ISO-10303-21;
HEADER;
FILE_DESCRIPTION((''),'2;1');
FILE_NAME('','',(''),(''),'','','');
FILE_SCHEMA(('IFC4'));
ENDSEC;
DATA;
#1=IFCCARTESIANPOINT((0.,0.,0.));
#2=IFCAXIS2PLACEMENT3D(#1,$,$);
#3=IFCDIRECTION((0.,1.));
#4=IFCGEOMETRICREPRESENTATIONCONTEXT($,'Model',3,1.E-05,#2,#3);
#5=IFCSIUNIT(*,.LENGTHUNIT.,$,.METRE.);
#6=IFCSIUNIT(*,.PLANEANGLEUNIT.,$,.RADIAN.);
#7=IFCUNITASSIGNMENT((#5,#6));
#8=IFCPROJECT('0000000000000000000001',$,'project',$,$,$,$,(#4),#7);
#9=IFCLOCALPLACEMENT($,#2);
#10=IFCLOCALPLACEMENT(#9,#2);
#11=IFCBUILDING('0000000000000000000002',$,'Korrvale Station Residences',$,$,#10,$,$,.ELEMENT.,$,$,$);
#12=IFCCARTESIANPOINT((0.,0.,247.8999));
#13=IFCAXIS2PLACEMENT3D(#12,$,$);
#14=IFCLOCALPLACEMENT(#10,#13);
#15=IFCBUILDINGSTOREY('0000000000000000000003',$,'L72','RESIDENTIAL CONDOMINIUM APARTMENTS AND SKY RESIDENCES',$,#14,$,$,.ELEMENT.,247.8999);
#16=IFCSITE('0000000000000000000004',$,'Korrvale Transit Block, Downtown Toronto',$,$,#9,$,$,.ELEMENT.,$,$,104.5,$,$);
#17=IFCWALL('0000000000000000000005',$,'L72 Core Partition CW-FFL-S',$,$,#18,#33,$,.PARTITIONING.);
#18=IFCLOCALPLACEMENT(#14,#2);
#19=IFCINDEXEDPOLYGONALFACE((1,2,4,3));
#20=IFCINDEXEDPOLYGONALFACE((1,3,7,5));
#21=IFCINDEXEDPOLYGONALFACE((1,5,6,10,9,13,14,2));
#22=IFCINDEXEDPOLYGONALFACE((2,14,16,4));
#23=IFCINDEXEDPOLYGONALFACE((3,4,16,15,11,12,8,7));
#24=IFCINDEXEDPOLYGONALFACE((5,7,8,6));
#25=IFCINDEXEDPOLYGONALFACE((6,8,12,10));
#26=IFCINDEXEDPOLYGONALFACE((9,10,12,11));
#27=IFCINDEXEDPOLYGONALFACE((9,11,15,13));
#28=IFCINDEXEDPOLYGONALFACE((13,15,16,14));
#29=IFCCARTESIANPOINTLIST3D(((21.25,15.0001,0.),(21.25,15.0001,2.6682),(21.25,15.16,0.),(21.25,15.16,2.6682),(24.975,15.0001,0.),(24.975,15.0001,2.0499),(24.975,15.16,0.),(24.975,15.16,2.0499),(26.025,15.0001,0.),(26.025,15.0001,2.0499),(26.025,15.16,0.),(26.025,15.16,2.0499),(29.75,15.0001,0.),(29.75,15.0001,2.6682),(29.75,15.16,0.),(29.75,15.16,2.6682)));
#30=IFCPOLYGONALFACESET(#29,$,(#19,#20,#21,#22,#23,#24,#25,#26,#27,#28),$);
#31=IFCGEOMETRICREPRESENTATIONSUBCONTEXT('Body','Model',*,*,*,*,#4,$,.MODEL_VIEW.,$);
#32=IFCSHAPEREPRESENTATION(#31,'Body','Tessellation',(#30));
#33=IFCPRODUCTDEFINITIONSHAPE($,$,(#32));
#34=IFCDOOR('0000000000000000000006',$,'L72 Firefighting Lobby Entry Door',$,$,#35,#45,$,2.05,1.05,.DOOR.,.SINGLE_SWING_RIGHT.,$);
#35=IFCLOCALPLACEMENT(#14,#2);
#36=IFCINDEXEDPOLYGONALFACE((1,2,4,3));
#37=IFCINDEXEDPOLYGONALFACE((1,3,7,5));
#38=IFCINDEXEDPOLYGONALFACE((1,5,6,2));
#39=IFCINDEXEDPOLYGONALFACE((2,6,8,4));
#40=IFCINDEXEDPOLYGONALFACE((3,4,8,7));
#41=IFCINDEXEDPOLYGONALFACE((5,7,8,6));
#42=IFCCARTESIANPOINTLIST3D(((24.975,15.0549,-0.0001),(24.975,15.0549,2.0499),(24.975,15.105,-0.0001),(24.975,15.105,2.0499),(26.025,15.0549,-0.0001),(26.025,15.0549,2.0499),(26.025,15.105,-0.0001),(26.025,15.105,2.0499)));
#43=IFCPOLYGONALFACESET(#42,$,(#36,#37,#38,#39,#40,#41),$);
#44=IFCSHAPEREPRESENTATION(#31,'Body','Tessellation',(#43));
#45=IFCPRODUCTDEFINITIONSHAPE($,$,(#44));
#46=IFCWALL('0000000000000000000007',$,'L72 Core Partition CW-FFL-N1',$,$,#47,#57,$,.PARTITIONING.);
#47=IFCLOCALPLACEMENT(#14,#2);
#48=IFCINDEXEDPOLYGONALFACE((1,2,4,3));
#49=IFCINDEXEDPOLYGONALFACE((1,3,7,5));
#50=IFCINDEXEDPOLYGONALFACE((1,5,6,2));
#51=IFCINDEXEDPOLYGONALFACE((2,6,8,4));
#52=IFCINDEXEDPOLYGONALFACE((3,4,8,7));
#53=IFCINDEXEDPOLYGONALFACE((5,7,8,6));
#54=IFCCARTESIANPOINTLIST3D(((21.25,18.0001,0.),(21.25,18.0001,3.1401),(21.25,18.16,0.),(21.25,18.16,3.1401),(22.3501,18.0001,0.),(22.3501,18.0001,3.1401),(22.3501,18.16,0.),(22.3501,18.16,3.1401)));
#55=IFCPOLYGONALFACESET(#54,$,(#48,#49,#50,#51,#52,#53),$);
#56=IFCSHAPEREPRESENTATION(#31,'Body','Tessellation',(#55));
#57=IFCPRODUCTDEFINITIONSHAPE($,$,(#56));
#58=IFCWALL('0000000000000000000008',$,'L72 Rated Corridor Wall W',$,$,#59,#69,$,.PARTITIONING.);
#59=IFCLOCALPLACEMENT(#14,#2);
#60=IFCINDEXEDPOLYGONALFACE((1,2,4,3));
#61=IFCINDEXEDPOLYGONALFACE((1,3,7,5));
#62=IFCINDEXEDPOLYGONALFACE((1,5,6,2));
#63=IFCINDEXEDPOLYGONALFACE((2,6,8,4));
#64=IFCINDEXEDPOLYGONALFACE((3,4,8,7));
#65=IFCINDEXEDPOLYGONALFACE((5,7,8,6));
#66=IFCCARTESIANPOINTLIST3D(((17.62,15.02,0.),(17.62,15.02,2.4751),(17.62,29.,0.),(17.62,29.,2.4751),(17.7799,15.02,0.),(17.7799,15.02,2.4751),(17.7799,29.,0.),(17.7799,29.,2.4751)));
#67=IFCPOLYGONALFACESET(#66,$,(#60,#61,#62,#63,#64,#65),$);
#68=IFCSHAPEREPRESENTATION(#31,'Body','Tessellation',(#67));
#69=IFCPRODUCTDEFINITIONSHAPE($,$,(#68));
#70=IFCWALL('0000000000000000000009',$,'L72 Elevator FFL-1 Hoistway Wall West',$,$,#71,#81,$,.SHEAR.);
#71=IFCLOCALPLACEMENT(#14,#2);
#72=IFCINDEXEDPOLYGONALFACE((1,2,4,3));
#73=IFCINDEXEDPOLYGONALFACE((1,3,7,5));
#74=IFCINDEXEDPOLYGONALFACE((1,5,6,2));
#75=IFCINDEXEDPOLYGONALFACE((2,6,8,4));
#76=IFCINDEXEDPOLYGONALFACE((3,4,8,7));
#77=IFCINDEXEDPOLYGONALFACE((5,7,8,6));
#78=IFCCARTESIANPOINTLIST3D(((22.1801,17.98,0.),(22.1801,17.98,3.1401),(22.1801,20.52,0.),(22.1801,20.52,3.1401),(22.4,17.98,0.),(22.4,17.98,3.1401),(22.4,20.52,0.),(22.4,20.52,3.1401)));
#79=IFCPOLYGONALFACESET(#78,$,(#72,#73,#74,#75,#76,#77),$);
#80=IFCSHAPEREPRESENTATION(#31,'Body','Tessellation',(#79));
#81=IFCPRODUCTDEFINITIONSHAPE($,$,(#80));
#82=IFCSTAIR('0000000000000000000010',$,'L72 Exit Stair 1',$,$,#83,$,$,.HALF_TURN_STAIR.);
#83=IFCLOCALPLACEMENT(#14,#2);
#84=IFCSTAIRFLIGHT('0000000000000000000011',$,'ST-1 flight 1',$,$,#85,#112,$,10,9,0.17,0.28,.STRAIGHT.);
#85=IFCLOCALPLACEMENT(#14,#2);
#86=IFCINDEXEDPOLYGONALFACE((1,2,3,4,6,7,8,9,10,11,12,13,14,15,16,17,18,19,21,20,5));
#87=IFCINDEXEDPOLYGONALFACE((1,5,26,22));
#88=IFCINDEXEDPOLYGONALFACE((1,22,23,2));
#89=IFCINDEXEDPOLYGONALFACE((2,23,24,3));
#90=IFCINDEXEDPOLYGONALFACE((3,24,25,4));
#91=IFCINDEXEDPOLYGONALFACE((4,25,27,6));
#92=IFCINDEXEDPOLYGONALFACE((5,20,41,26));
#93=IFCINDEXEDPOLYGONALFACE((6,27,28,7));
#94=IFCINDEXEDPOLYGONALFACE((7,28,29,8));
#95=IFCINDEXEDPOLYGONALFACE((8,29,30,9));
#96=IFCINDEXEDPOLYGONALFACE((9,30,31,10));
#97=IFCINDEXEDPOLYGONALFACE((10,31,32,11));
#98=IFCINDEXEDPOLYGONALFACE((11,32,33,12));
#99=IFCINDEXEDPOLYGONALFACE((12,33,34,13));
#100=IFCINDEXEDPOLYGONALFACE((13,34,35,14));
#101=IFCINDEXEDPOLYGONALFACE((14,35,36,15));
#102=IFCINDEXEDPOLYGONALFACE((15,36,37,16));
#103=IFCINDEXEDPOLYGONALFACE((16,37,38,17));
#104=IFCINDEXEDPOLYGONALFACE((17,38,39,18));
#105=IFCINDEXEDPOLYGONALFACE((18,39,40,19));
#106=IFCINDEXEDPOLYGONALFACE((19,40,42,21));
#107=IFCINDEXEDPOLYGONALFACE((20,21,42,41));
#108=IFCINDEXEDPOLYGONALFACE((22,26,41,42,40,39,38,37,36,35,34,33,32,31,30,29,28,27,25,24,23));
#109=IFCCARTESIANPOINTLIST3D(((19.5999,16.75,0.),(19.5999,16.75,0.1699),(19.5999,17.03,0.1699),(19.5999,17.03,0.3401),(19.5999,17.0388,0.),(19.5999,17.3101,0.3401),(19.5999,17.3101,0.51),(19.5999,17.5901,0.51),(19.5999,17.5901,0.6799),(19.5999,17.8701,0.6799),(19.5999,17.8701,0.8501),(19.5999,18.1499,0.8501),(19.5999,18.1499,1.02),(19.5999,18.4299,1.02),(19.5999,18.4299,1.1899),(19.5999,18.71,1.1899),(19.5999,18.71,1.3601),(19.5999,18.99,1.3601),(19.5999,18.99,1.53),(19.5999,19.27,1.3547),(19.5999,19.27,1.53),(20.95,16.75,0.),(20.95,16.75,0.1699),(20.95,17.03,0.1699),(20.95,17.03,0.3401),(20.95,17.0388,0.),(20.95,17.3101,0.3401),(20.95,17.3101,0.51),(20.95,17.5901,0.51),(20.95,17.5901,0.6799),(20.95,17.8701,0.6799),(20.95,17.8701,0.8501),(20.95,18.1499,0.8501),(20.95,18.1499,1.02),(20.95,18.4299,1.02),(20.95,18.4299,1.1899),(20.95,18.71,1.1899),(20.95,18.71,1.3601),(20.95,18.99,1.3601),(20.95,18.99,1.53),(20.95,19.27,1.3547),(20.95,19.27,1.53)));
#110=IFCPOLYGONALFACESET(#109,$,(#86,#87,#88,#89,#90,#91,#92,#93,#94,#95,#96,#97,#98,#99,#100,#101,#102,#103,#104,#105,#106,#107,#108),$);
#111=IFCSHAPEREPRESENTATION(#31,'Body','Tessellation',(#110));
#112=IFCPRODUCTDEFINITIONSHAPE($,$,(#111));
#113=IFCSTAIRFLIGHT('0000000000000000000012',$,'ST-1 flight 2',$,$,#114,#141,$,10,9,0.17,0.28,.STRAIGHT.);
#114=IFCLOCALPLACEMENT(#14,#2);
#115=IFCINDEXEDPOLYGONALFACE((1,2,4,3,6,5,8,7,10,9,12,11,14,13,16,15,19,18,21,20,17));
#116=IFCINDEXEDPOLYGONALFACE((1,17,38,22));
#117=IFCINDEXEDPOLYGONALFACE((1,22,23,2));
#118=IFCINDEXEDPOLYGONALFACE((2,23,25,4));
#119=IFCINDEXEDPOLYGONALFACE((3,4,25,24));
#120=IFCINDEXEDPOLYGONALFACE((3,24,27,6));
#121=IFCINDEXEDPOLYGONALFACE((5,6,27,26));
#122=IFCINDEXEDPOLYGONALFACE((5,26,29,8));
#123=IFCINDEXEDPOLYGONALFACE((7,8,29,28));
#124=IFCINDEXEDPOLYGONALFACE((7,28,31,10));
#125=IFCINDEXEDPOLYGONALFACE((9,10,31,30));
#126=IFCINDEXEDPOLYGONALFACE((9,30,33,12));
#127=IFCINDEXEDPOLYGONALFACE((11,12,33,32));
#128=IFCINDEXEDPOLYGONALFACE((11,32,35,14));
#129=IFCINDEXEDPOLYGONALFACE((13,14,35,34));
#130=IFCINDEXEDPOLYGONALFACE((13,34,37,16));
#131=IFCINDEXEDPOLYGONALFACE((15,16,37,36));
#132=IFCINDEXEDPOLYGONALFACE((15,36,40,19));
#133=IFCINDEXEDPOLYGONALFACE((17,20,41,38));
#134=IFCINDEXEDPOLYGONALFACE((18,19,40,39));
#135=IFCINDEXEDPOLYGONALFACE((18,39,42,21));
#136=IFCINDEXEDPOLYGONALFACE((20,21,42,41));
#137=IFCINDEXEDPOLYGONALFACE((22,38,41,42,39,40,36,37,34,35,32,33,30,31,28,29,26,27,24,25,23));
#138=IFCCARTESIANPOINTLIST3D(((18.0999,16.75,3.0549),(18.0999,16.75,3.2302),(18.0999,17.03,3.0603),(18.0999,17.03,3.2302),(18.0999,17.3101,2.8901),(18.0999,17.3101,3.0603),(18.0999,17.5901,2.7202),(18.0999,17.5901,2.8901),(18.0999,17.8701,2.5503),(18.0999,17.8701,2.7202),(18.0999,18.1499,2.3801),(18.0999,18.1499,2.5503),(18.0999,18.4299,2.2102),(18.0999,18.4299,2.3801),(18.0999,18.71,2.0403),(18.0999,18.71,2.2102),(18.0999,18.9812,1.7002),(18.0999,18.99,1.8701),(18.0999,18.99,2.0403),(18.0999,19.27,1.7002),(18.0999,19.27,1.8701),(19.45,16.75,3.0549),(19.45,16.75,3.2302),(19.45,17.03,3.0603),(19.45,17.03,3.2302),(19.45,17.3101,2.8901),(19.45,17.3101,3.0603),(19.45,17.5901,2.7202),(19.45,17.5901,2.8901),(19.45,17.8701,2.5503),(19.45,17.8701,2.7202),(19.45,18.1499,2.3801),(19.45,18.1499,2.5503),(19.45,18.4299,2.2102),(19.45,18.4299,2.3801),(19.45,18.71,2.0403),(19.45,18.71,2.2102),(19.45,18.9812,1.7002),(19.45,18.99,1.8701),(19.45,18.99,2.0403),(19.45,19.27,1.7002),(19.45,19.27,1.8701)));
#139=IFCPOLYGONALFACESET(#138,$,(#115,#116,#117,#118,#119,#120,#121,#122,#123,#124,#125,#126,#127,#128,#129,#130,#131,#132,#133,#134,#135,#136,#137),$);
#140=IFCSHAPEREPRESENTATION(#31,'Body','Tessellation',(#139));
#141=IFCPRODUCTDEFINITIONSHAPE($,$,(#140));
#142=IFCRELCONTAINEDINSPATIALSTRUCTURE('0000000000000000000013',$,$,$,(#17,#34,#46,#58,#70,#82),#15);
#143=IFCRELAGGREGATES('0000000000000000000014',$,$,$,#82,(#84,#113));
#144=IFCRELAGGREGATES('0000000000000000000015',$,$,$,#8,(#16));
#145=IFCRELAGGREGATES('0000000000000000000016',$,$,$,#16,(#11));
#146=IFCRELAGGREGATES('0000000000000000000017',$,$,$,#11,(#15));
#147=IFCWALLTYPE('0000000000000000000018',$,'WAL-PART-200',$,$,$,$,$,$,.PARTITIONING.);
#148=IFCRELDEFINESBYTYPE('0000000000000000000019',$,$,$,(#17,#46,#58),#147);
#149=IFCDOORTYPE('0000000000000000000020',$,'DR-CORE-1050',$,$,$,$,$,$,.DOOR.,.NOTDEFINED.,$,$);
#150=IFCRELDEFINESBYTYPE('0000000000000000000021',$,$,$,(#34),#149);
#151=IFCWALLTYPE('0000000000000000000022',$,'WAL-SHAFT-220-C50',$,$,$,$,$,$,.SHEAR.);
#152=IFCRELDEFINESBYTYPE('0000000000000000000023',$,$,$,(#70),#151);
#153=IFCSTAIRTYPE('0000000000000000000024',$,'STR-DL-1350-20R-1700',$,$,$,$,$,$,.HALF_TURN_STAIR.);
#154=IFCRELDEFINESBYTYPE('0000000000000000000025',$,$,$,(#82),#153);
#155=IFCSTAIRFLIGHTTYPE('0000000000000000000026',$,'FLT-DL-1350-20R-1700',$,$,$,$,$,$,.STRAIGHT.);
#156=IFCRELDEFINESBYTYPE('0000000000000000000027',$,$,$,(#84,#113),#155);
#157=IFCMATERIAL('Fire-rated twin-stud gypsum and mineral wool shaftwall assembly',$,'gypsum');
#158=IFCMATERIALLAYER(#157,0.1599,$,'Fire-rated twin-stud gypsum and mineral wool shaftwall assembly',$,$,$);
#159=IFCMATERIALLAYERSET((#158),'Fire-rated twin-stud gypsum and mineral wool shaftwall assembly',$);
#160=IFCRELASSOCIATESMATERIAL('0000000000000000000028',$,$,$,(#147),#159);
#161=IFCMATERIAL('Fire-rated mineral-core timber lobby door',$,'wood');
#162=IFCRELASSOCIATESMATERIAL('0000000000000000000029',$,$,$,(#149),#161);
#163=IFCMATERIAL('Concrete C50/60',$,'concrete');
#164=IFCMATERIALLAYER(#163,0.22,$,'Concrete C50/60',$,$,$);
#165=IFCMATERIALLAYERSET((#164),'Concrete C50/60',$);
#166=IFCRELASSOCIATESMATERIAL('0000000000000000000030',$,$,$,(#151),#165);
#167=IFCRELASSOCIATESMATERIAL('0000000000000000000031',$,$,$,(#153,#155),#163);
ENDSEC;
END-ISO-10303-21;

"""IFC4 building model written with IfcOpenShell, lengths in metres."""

from ifc_helpers import new_model, si_unit, direction, frame, frame_2d, origin, place, context, subcontext, project, spatial, polyline, rectangle, outline, extrude, material, layer, layer_set, type_object, element, fill, aggregate, save


model = new_model("IFC4")

# Units and contexts
model_context = context("Model", 3, precision=1e-05, world=origin(), true_north=direction((0.0, 1.0)))
body_context = subcontext(model_context, "Body", "Model", "MODEL_VIEW")
ifc_project = project(units=[si_unit("LENGTHUNIT", "METRE"), si_unit("PLANEANGLEUNIT", "RADIAN")], contexts=[model_context])

# Site, building, storey
site_placement = place(None, origin())
site = spatial("IfcSite", under=ifc_project, at=site_placement, Name="Korrvale Transit Block, Downtown Toronto", CompositionType="ELEMENT", RefElevation=104.5)
building_placement = place(site_placement, origin())
building = spatial("IfcBuilding", under=site, at=building_placement, Name="Korrvale Station Residences", CompositionType="ELEMENT")
storey_placement = place(building_placement, frame((0.0, 0.0, 247.8999)))
storey = spatial("IfcBuildingStorey", under=building, at=storey_placement, Name="L72", Description="RESIDENTIAL CONDOMINIUM APARTMENTS AND SKY RESIDENCES", CompositionType="ELEMENT", Elevation=247.8999)

# Shared definitions
ifc_material_1 = material(Name="Concrete C50/60", Category="concrete")

# Wall, opening, door
ifc_material_2 = material(Name="Fire-rated twin-stud gypsum and mineral wool shaftwall assembly", Category="gypsum")
ifc_layer_1 = layer(ifc_material_2, 0.1599, Name="Fire-rated twin-stud gypsum and mineral wool shaftwall assembly")
ifc_layer_set_1 = layer_set([ifc_layer_1], Name="Fire-rated twin-stud gypsum and mineral wool shaftwall assembly")
wall_type_1 = type_object("IfcWallType", Name="WAL-PART-200", PredefinedType="PARTITIONING", material=ifc_layer_set_1)
wall_1_placement = place(storey_placement, frame((21.25, 15.0801, 0.0), z_axis=(0.0, 0.0, 1.0), x_axis=(1.0, 0.0, 0.0)))
wall_1 = element("IfcWall", 1, at=wall_1_placement, inside=storey, type_object=wall_type_1, Name="L72 Core Partition CW-FFL-S", PredefinedType="PARTITIONING", context=body_context, shape_type="SweptSolid", body=[
    extrude(rectangle(XDim=8.5, YDim=0.1599, at=frame_2d((4.25, 0.0))), origin(), (0.0, 0.0, 1.0), 2.6682),
])
opening_1_placement = place(wall_1_placement, frame((3.7251, 0.0, 0.0)))
opening_1 = element("IfcOpeningElement", 2, at=opening_1_placement, cuts=wall_1, PredefinedType="OPENING", context=body_context, shape_type="SweptSolid", body=[
    extrude(rectangle(XDim=1.05, YDim=2.05, at=frame_2d((0.5249, 1.0249))), frame((0.0, 0.0898, 0.0), z_axis=(0.0, -1.0, 0.0), x_axis=(1.0, 0.0, 0.0)), (0.0, 0.0, 1.0), 0.1799),
])
ifc_material_3 = material(Name="Fire-rated mineral-core timber lobby door", Category="wood")
door_type_1 = type_object("IfcDoorType", Name="DR-CORE-1050", OperationType="NOTDEFINED", PredefinedType="DOOR", material=ifc_material_3)
door_1_placement = place(opening_1_placement, origin())
door_1 = element("IfcDoor", 3, at=door_1_placement, inside=storey, type_object=door_type_1, Name="L72 Firefighting Lobby Entry Door", OperationType="SINGLE_SWING_RIGHT", OverallHeight=2.05, OverallWidth=1.05, PredefinedType="DOOR", context=body_context, shape_type="SweptSolid", body=[
    extrude(rectangle(XDim=1.05, YDim=2.05, at=frame_2d((0.5249, 1.0249))), frame((0.0, 0.0249, 0.0), z_axis=(0.0, -1.0, 0.0), x_axis=(1.0, 0.0, 0.0)), (0.0, 0.0, 1.0), 0.05),
])
fill(opening_1, door_1)

# Walls
wall_2_placement = place(storey_placement, frame((21.25, 18.0801, 0.0), z_axis=(0.0, 0.0, 1.0), x_axis=(1.0, 0.0, 0.0)))
element("IfcWall", 4, at=wall_2_placement, inside=storey, type_object=wall_type_1, Name="L72 Core Partition CW-FFL-N1", PredefinedType="PARTITIONING", context=body_context, shape_type="SweptSolid", body=[
    extrude(rectangle(XDim=1.1001, YDim=0.1599, at=frame_2d((0.55, 0.0))), origin(), (0.0, 0.0, 1.0), 3.1401),
])
wall_3_placement = place(storey_placement, frame((17.7, 15.02, 0.0), z_axis=(0.0, 0.0, 1.0), x_axis=(0.0, 1.0, 0.0)))
element("IfcWall", 5, at=wall_3_placement, inside=storey, type_object=wall_type_1, Name="L72 Rated Corridor Wall W", PredefinedType="PARTITIONING", context=body_context, shape_type="SweptSolid", body=[
    extrude(rectangle(XDim=13.98, YDim=0.1599, at=frame_2d((6.99, 0.0))), origin(), (0.0, 0.0, 1.0), 2.4751),
])

# Shared definitions
ifc_layer_2 = layer(ifc_material_1, 0.22, Name="Concrete C50/60")
ifc_layer_set_2 = layer_set([ifc_layer_2], Name="Concrete C50/60")
wall_type_2 = type_object("IfcWallType", Name="WAL-SHAFT-220-C50", PredefinedType="SHEAR", material=ifc_layer_set_2)

# Wall
wall_4_placement = place(storey_placement, frame((22.29, 17.98, 0.0), z_axis=(0.0, 0.0, 1.0), x_axis=(0.0, 1.0, 0.0)))
element("IfcWall", 6, at=wall_4_placement, inside=storey, type_object=wall_type_2, Name="L72 Elevator FFL-1 Hoistway Wall West", PredefinedType="SHEAR", context=body_context, shape_type="SweptSolid", body=[
    extrude(rectangle(XDim=2.54, YDim=0.22, at=frame_2d((1.27, 0.0))), origin(), (0.0, 0.0, 1.0), 3.1401),
])

# Stair, stair flights
stair_type = type_object("IfcStairType", Name="STR-DL-1350-20R-1700", PredefinedType="HALF_TURN_STAIR", material=ifc_material_1)
stair_placement = place(storey_placement, origin())
stair = element("IfcStair", 7, at=stair_placement, inside=storey, type_object=stair_type, Name="L72 Exit Stair 1", PredefinedType="HALF_TURN_STAIR")
stair_flight_type = type_object("IfcStairFlightType", Name="FLT-DL-1350-20R-1700", PredefinedType="STRAIGHT", material=ifc_material_1)
stair_flight_1_placement = place(storey_placement, frame((20.2749, 16.75, 0.0), z_axis=(0.0, 0.0, 1.0), x_axis=(0.0, 1.0, 0.0)))
stair_flight_1 = element("IfcStairFlight", 8, at=stair_flight_1_placement, type_object=stair_flight_type, Name="ST-1 flight 1", NumberOfRisers=10, NumberOfTreads=9, PredefinedType="STRAIGHT", RiserHeight=0.17, TreadLength=0.28, context=body_context, shape_type="SweptSolid", body=[
    extrude(outline(polyline([(0.0, 0.0), (0.0, 0.1699), (0.28, 0.1699), (0.28, 0.3401), (0.5601, 0.3401), (0.5601, 0.51), (0.8401, 0.51), (0.8401, 0.6799), (1.1201, 0.6799), (1.1201, 0.8501), (1.3999, 0.8501), (1.3999, 1.02), (1.6799, 1.02), (1.6799, 1.1899), (1.96, 1.1899), (1.96, 1.3601), (2.24, 1.3601), (2.24, 1.53), (2.52, 1.53), (2.52, 1.7), (2.52, 1.3547), (0.2888, 0.0), (0.0, 0.0)])), frame((0.0, 0.675, 0.0), z_axis=(0.0, -1.0, 0.0), x_axis=(1.0, 0.0, 0.0)), (0.0, 0.0, 1.0), 1.3501),
])
stair_flight_2_placement = place(storey_placement, frame((18.7749, 19.27, 1.7002), z_axis=(0.0, 0.0, 1.0), x_axis=(0.0, -1.0, 0.0)))
stair_flight_2 = element("IfcStairFlight", 9, at=stair_flight_2_placement, type_object=stair_flight_type, Name="ST-1 flight 2", NumberOfRisers=10, NumberOfTreads=9, PredefinedType="STRAIGHT", RiserHeight=0.17, TreadLength=0.28, context=body_context, shape_type="SweptSolid", body=[
    extrude(outline(polyline([(0.0, 0.0), (0.0, 0.1699), (0.28, 0.1699), (0.28, 0.3401), (0.5601, 0.3401), (0.5601, 0.51), (0.8401, 0.51), (0.8401, 0.6799), (1.1201, 0.6799), (1.1201, 0.8501), (1.3999, 0.8501), (1.3999, 1.02), (1.6799, 1.02), (1.6799, 1.1899), (1.96, 1.1899), (1.96, 1.3601), (2.24, 1.3601), (2.24, 1.53), (2.52, 1.53), (2.52, 1.7), (2.52, 1.3547), (0.2888, 0.0), (0.0, 0.0)])), frame((0.0, 0.675, 0.0), z_axis=(0.0, -1.0, 0.0), x_axis=(1.0, 0.0, 0.0)), (0.0, 0.0, 1.0), 1.3501),
])
aggregate(stair, [stair_flight_1, stair_flight_2])

save(model, "model.ifc")
